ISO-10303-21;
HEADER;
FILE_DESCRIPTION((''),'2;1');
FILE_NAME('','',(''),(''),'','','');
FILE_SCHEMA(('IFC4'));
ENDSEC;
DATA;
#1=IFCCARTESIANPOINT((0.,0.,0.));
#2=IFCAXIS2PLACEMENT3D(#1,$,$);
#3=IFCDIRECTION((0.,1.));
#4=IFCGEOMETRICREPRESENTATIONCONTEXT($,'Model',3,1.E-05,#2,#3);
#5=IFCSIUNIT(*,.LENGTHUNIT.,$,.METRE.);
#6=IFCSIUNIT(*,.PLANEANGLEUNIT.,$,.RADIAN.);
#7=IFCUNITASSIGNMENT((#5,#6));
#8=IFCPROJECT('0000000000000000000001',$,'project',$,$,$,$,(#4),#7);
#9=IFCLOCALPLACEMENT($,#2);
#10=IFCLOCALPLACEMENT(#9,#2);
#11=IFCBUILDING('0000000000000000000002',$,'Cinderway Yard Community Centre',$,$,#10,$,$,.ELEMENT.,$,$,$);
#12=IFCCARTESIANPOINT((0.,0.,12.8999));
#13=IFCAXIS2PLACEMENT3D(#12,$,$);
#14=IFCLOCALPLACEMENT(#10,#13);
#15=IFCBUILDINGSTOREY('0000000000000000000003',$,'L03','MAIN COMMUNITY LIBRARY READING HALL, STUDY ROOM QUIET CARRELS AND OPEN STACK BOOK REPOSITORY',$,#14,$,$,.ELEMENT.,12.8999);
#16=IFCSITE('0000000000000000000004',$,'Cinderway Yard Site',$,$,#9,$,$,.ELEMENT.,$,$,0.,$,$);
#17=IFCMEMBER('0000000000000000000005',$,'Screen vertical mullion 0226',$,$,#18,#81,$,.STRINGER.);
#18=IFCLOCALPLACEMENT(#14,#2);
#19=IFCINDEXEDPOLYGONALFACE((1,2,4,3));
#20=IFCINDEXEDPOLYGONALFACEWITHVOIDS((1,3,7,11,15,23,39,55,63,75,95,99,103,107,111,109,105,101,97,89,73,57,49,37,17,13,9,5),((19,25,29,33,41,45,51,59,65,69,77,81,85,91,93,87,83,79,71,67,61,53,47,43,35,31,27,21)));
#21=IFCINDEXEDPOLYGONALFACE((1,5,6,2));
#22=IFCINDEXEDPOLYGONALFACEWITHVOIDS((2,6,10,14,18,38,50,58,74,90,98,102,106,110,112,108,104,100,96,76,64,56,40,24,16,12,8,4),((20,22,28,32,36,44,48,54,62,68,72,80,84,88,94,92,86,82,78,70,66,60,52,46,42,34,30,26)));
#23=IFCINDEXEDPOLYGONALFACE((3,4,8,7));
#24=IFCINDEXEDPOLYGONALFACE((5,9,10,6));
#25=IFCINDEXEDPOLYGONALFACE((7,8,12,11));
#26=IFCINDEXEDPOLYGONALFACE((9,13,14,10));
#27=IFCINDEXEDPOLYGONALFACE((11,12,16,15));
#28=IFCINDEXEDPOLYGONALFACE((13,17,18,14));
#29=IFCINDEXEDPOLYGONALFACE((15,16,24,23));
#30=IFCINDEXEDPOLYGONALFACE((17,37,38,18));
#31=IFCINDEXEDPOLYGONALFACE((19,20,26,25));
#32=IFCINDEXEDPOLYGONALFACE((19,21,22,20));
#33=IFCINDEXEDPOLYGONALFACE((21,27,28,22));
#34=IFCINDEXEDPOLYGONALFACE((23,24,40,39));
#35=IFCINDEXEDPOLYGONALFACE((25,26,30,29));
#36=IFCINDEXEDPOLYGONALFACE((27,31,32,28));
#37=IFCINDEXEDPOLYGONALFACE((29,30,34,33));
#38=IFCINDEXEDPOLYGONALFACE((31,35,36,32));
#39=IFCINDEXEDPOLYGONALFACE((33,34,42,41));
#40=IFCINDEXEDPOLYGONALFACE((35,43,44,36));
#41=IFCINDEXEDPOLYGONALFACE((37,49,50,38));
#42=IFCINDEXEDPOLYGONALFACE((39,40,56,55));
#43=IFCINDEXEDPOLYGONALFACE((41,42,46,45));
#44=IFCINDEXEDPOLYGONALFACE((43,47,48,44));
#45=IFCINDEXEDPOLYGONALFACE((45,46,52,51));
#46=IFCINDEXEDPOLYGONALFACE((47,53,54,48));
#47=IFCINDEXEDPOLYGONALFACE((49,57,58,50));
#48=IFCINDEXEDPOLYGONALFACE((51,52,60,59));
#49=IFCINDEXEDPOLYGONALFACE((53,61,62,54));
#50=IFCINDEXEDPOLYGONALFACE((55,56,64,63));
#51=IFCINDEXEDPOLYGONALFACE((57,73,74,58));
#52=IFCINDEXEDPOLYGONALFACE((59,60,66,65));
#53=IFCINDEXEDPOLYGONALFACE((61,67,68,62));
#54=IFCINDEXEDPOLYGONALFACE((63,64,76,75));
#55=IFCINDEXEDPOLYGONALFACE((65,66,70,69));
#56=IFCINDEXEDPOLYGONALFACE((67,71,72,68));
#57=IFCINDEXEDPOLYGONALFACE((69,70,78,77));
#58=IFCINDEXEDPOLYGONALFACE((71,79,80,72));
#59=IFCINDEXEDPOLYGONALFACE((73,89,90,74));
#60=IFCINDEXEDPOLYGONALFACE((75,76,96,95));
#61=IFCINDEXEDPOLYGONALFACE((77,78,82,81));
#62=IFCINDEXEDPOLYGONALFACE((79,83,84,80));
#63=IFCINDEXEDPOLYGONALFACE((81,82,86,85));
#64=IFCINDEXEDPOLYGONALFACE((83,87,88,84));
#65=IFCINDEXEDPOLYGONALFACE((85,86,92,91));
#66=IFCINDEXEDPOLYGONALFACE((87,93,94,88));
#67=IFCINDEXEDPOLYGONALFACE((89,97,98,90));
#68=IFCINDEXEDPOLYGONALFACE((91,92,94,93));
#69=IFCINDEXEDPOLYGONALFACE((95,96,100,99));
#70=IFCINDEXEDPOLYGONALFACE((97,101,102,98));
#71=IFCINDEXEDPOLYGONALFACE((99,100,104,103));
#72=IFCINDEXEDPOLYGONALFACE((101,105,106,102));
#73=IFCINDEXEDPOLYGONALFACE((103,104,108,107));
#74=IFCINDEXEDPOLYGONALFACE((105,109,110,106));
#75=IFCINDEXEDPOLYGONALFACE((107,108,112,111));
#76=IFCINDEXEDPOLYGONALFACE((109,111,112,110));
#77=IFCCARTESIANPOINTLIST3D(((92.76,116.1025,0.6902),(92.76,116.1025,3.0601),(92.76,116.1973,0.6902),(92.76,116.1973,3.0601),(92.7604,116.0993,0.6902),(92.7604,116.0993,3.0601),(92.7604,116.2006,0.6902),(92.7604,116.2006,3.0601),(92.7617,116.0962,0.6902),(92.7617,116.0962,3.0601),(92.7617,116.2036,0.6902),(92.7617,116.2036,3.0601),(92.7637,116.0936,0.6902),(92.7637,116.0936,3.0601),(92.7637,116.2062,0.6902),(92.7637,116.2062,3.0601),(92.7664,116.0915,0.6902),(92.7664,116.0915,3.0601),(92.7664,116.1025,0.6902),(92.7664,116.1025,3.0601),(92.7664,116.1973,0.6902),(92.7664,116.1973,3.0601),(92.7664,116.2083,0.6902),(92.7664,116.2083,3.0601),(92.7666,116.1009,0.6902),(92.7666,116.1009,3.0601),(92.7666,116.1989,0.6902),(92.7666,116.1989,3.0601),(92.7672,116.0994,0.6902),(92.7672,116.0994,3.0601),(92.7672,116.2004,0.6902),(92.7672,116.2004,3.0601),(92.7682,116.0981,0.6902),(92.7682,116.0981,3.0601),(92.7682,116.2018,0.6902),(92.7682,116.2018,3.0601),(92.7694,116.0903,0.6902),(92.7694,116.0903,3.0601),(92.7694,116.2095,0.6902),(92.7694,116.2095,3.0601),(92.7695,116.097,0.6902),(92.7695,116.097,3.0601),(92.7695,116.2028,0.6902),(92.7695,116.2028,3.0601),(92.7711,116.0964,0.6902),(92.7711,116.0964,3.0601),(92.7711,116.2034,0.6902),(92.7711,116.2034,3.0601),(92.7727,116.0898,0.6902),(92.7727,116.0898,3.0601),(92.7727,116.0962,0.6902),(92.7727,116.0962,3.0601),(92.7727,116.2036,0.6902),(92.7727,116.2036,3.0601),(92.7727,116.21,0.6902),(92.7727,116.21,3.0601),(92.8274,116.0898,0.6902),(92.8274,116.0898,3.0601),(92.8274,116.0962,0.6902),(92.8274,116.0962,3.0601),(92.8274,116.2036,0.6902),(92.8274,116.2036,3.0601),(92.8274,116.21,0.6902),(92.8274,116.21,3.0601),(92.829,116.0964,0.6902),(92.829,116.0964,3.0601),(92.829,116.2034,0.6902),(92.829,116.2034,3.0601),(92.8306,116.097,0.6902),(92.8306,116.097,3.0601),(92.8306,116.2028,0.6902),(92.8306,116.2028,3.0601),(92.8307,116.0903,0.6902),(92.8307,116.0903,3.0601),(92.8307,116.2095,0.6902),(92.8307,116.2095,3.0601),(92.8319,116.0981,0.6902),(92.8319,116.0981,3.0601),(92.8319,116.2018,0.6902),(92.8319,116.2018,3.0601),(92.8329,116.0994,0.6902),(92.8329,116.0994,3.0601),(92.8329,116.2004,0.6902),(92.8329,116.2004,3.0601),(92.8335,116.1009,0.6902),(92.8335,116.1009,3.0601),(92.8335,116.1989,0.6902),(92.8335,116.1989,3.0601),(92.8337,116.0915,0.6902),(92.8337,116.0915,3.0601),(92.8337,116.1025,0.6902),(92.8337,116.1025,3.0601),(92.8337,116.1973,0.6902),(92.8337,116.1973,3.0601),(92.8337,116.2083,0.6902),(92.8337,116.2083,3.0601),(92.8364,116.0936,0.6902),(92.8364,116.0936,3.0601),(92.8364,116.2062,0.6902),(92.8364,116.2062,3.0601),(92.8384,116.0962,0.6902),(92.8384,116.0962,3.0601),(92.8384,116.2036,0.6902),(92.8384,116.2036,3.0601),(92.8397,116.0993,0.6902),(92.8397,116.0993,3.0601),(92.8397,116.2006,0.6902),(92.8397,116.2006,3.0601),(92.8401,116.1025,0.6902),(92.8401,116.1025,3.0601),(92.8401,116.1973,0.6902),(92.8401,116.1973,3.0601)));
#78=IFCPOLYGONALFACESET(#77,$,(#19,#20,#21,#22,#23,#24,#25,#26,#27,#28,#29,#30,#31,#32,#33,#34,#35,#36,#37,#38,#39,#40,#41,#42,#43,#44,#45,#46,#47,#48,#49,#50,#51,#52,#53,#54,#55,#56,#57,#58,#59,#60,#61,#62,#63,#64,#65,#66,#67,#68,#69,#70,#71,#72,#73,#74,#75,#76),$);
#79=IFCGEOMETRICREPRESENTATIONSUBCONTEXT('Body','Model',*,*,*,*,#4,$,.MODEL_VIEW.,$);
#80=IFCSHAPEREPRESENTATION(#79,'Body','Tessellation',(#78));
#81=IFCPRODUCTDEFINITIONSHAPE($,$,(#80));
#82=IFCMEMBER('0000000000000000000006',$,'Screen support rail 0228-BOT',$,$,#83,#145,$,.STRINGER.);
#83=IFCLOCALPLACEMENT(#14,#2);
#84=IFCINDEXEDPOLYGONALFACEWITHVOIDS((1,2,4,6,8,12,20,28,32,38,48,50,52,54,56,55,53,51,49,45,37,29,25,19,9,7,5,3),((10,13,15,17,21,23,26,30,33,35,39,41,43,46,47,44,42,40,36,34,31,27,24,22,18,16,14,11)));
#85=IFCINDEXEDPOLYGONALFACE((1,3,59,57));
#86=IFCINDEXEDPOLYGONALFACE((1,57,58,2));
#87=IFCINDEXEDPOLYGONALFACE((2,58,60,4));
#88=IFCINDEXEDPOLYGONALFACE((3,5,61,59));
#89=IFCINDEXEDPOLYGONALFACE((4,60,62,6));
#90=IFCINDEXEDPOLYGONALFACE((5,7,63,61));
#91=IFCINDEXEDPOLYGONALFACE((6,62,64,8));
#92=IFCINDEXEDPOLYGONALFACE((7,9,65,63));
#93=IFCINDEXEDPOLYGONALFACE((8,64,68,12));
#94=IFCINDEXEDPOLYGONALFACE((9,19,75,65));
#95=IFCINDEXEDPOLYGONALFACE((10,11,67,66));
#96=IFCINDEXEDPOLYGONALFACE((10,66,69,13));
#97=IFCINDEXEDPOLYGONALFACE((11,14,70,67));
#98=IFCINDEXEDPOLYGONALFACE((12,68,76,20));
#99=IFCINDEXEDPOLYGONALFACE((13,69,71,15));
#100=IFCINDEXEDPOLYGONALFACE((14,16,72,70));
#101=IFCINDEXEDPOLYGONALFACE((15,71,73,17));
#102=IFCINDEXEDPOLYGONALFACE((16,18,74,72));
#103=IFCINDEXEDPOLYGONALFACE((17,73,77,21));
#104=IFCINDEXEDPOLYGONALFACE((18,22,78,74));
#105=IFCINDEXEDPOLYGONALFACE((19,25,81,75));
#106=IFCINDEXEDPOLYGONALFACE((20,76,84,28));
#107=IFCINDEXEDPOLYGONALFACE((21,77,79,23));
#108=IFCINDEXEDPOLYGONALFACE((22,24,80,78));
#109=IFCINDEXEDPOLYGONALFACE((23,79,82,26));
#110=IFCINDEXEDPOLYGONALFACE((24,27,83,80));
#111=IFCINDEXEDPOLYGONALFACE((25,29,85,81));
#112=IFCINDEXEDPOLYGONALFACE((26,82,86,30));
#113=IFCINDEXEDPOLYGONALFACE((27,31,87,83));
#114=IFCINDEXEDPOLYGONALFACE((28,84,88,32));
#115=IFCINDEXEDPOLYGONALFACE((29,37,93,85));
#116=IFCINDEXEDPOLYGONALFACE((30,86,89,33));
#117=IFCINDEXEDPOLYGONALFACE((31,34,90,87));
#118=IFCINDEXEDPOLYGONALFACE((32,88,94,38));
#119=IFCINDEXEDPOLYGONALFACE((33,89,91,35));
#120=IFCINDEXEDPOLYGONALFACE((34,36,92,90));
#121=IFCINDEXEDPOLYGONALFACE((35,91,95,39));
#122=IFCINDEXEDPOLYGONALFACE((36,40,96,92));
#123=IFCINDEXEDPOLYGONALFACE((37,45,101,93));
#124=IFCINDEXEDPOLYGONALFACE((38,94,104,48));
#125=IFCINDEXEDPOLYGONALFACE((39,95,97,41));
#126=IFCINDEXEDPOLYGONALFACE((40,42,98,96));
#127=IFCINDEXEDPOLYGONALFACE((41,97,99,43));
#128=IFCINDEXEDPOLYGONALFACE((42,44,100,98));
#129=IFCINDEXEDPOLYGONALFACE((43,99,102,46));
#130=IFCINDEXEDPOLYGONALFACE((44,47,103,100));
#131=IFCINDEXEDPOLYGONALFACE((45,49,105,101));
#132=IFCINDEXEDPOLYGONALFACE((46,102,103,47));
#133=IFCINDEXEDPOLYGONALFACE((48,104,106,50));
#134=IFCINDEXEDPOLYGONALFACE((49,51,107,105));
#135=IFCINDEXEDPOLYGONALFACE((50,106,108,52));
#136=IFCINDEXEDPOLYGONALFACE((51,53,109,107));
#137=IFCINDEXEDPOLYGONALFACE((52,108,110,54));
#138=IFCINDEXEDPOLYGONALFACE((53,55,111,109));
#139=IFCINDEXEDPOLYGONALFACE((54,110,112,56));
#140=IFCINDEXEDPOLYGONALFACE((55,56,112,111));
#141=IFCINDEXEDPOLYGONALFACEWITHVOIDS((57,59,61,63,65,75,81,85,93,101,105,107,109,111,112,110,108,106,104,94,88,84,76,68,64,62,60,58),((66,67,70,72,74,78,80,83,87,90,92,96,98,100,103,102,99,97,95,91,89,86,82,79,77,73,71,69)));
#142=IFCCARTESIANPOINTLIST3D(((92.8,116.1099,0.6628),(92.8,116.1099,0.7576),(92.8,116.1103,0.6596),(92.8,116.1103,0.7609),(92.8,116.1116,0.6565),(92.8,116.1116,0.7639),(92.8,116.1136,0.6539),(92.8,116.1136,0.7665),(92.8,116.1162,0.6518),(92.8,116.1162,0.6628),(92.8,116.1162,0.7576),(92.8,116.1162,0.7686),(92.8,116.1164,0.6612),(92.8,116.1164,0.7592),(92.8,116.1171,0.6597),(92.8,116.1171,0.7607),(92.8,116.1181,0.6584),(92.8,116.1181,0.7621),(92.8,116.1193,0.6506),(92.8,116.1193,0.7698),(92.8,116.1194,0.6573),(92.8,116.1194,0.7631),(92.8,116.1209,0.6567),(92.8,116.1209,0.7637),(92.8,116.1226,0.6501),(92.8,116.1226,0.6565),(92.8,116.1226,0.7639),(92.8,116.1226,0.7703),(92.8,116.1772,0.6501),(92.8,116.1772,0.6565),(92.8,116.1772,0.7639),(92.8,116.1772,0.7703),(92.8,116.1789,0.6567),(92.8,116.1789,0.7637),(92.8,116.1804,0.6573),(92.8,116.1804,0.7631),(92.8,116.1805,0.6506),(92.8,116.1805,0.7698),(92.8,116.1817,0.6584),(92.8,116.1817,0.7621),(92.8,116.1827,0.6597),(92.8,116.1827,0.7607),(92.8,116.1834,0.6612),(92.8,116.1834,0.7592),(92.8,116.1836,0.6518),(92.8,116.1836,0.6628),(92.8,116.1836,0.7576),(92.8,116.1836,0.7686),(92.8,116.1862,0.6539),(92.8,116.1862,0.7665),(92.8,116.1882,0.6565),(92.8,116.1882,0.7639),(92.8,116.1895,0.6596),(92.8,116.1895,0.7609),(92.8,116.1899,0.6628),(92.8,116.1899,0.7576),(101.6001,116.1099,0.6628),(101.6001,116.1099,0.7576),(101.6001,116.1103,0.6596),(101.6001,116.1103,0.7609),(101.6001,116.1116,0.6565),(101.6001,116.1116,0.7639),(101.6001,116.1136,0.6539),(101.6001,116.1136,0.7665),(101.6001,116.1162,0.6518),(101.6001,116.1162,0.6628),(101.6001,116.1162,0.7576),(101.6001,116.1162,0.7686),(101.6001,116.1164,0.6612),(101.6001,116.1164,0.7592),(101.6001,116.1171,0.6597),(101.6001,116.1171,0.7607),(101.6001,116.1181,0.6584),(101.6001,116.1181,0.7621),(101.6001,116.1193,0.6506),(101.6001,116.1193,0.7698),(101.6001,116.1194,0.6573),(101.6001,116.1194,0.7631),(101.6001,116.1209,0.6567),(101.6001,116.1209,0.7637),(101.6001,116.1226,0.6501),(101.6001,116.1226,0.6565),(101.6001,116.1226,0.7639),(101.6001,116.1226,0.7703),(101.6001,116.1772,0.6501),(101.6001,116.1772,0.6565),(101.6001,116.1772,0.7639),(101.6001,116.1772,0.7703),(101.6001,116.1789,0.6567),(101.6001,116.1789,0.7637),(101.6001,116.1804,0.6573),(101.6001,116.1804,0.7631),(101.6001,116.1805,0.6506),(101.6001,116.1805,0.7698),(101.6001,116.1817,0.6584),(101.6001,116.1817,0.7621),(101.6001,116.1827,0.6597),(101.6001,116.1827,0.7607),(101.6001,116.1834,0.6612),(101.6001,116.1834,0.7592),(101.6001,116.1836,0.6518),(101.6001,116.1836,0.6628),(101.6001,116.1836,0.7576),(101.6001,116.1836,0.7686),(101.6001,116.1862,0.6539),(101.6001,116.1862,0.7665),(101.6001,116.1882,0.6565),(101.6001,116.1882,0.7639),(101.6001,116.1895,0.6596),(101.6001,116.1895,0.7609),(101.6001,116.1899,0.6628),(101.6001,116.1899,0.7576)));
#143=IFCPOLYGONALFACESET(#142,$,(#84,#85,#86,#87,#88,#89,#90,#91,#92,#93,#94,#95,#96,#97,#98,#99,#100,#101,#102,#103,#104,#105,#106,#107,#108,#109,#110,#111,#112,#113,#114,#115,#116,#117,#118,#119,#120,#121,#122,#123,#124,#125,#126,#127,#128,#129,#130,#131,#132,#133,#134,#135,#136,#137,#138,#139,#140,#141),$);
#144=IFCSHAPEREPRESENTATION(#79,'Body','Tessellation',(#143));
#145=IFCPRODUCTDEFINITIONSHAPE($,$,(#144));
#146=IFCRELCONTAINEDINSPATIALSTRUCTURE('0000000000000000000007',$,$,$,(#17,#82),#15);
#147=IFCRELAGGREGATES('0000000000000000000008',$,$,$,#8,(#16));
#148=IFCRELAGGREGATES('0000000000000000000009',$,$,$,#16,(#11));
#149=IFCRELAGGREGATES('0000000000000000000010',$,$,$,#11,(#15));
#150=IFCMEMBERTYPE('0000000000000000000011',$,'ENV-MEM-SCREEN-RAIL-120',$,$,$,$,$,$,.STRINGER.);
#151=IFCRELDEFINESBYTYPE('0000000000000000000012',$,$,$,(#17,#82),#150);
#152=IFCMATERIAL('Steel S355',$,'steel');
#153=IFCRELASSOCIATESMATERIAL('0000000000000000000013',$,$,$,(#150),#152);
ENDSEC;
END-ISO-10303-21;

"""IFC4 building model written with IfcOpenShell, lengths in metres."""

from ifc_helpers import new_model, si_unit, direction, frame, origin, origin_2d, place, context, subcontext, project, spatial, hollow_rectangle, extrude, material, material_profile, profile_set, type_object, element, save


model = new_model("IFC4")

# Units and contexts
model_context = context("Model", 3, precision=1e-05, world=origin(), true_north=direction((0.0, 1.0)))
body_context = subcontext(model_context, "Body", "Model", "MODEL_VIEW")
ifc_project = project(units=[si_unit("LENGTHUNIT", "METRE"), si_unit("PLANEANGLEUNIT", "RADIAN")], contexts=[model_context])

# Site, building, storey
site_placement = place(None, origin())
site = spatial("IfcSite", under=ifc_project, at=site_placement, Name="Cinderway Yard Site", CompositionType="ELEMENT", RefElevation=0.0)
building_placement = place(site_placement, origin())
building = spatial("IfcBuilding", under=site, at=building_placement, Name="Cinderway Yard Community Centre", CompositionType="ELEMENT")
storey_placement = place(building_placement, frame((0.0, 0.0, 12.8999)))
storey = spatial("IfcBuildingStorey", under=building, at=storey_placement, Name="L03", Description="MAIN COMMUNITY LIBRARY READING HALL, STUDY ROOM QUIET CARRELS AND OPEN STACK BOOK REPOSITORY", CompositionType="ELEMENT", Elevation=12.8999)

# Members
ifc_material_1 = material(Name="Steel S355", Category="steel")
ifc_material_profile_1 = material_profile(ifc_material_1, hollow_rectangle(XDim=0.0801, YDim=0.1201, WallThickness=0.0063, InnerFilletRadius=0.0063, OuterFilletRadius=0.0127, at=origin_2d()), Name="Steel S355")
ifc_profile_set_1 = profile_set([ifc_material_profile_1], Name="Steel S355")
member_type_1 = type_object("IfcMemberType", Name="ENV-MEM-SCREEN-RAIL-120", PredefinedType="STRINGER", material=ifc_profile_set_1)
for number, where, z_axis, x_axis, name in (
    (1, (92.8, 116.1499, 0.6902), (0.0, 0.0, 1.0), (1.0, 0.0, 0.0), "Screen vertical mullion 0226"),
):
    element("IfcMember", number, at=place(storey_placement, frame(where, z_axis=z_axis, x_axis=x_axis)), inside=storey, type_object=member_type_1, Name=name, PredefinedType="STRINGER", context=body_context, shape_type="SweptSolid", body=[
        extrude(hollow_rectangle(XDim=0.0801, YDim=0.1201, WallThickness=0.0063, InnerFilletRadius=0.0063, OuterFilletRadius=0.0127, at=origin_2d()), origin(), (0.0, 0.0, 1.0), 2.3699),
    ])
for number, where, z_axis, x_axis, name in (
    (2, (92.8, 116.1499, 0.7102), (1.0, 0.0, 0.0), (0.0, 1.0, 0.0), "Screen support rail 0228-BOT"),
):
    element("IfcMember", number, at=place(storey_placement, frame(where, z_axis=z_axis, x_axis=x_axis)), inside=storey, type_object=member_type_1, Name=name, PredefinedType="STRINGER", context=body_context, shape_type="SweptSolid", body=[
        extrude(hollow_rectangle(XDim=0.0801, YDim=0.1201, WallThickness=0.0063, InnerFilletRadius=0.0063, OuterFilletRadius=0.0127, at=origin_2d()), origin(), (0.0, 0.0, 1.0), 8.8),
    ])

save(model, "model.ifc")
